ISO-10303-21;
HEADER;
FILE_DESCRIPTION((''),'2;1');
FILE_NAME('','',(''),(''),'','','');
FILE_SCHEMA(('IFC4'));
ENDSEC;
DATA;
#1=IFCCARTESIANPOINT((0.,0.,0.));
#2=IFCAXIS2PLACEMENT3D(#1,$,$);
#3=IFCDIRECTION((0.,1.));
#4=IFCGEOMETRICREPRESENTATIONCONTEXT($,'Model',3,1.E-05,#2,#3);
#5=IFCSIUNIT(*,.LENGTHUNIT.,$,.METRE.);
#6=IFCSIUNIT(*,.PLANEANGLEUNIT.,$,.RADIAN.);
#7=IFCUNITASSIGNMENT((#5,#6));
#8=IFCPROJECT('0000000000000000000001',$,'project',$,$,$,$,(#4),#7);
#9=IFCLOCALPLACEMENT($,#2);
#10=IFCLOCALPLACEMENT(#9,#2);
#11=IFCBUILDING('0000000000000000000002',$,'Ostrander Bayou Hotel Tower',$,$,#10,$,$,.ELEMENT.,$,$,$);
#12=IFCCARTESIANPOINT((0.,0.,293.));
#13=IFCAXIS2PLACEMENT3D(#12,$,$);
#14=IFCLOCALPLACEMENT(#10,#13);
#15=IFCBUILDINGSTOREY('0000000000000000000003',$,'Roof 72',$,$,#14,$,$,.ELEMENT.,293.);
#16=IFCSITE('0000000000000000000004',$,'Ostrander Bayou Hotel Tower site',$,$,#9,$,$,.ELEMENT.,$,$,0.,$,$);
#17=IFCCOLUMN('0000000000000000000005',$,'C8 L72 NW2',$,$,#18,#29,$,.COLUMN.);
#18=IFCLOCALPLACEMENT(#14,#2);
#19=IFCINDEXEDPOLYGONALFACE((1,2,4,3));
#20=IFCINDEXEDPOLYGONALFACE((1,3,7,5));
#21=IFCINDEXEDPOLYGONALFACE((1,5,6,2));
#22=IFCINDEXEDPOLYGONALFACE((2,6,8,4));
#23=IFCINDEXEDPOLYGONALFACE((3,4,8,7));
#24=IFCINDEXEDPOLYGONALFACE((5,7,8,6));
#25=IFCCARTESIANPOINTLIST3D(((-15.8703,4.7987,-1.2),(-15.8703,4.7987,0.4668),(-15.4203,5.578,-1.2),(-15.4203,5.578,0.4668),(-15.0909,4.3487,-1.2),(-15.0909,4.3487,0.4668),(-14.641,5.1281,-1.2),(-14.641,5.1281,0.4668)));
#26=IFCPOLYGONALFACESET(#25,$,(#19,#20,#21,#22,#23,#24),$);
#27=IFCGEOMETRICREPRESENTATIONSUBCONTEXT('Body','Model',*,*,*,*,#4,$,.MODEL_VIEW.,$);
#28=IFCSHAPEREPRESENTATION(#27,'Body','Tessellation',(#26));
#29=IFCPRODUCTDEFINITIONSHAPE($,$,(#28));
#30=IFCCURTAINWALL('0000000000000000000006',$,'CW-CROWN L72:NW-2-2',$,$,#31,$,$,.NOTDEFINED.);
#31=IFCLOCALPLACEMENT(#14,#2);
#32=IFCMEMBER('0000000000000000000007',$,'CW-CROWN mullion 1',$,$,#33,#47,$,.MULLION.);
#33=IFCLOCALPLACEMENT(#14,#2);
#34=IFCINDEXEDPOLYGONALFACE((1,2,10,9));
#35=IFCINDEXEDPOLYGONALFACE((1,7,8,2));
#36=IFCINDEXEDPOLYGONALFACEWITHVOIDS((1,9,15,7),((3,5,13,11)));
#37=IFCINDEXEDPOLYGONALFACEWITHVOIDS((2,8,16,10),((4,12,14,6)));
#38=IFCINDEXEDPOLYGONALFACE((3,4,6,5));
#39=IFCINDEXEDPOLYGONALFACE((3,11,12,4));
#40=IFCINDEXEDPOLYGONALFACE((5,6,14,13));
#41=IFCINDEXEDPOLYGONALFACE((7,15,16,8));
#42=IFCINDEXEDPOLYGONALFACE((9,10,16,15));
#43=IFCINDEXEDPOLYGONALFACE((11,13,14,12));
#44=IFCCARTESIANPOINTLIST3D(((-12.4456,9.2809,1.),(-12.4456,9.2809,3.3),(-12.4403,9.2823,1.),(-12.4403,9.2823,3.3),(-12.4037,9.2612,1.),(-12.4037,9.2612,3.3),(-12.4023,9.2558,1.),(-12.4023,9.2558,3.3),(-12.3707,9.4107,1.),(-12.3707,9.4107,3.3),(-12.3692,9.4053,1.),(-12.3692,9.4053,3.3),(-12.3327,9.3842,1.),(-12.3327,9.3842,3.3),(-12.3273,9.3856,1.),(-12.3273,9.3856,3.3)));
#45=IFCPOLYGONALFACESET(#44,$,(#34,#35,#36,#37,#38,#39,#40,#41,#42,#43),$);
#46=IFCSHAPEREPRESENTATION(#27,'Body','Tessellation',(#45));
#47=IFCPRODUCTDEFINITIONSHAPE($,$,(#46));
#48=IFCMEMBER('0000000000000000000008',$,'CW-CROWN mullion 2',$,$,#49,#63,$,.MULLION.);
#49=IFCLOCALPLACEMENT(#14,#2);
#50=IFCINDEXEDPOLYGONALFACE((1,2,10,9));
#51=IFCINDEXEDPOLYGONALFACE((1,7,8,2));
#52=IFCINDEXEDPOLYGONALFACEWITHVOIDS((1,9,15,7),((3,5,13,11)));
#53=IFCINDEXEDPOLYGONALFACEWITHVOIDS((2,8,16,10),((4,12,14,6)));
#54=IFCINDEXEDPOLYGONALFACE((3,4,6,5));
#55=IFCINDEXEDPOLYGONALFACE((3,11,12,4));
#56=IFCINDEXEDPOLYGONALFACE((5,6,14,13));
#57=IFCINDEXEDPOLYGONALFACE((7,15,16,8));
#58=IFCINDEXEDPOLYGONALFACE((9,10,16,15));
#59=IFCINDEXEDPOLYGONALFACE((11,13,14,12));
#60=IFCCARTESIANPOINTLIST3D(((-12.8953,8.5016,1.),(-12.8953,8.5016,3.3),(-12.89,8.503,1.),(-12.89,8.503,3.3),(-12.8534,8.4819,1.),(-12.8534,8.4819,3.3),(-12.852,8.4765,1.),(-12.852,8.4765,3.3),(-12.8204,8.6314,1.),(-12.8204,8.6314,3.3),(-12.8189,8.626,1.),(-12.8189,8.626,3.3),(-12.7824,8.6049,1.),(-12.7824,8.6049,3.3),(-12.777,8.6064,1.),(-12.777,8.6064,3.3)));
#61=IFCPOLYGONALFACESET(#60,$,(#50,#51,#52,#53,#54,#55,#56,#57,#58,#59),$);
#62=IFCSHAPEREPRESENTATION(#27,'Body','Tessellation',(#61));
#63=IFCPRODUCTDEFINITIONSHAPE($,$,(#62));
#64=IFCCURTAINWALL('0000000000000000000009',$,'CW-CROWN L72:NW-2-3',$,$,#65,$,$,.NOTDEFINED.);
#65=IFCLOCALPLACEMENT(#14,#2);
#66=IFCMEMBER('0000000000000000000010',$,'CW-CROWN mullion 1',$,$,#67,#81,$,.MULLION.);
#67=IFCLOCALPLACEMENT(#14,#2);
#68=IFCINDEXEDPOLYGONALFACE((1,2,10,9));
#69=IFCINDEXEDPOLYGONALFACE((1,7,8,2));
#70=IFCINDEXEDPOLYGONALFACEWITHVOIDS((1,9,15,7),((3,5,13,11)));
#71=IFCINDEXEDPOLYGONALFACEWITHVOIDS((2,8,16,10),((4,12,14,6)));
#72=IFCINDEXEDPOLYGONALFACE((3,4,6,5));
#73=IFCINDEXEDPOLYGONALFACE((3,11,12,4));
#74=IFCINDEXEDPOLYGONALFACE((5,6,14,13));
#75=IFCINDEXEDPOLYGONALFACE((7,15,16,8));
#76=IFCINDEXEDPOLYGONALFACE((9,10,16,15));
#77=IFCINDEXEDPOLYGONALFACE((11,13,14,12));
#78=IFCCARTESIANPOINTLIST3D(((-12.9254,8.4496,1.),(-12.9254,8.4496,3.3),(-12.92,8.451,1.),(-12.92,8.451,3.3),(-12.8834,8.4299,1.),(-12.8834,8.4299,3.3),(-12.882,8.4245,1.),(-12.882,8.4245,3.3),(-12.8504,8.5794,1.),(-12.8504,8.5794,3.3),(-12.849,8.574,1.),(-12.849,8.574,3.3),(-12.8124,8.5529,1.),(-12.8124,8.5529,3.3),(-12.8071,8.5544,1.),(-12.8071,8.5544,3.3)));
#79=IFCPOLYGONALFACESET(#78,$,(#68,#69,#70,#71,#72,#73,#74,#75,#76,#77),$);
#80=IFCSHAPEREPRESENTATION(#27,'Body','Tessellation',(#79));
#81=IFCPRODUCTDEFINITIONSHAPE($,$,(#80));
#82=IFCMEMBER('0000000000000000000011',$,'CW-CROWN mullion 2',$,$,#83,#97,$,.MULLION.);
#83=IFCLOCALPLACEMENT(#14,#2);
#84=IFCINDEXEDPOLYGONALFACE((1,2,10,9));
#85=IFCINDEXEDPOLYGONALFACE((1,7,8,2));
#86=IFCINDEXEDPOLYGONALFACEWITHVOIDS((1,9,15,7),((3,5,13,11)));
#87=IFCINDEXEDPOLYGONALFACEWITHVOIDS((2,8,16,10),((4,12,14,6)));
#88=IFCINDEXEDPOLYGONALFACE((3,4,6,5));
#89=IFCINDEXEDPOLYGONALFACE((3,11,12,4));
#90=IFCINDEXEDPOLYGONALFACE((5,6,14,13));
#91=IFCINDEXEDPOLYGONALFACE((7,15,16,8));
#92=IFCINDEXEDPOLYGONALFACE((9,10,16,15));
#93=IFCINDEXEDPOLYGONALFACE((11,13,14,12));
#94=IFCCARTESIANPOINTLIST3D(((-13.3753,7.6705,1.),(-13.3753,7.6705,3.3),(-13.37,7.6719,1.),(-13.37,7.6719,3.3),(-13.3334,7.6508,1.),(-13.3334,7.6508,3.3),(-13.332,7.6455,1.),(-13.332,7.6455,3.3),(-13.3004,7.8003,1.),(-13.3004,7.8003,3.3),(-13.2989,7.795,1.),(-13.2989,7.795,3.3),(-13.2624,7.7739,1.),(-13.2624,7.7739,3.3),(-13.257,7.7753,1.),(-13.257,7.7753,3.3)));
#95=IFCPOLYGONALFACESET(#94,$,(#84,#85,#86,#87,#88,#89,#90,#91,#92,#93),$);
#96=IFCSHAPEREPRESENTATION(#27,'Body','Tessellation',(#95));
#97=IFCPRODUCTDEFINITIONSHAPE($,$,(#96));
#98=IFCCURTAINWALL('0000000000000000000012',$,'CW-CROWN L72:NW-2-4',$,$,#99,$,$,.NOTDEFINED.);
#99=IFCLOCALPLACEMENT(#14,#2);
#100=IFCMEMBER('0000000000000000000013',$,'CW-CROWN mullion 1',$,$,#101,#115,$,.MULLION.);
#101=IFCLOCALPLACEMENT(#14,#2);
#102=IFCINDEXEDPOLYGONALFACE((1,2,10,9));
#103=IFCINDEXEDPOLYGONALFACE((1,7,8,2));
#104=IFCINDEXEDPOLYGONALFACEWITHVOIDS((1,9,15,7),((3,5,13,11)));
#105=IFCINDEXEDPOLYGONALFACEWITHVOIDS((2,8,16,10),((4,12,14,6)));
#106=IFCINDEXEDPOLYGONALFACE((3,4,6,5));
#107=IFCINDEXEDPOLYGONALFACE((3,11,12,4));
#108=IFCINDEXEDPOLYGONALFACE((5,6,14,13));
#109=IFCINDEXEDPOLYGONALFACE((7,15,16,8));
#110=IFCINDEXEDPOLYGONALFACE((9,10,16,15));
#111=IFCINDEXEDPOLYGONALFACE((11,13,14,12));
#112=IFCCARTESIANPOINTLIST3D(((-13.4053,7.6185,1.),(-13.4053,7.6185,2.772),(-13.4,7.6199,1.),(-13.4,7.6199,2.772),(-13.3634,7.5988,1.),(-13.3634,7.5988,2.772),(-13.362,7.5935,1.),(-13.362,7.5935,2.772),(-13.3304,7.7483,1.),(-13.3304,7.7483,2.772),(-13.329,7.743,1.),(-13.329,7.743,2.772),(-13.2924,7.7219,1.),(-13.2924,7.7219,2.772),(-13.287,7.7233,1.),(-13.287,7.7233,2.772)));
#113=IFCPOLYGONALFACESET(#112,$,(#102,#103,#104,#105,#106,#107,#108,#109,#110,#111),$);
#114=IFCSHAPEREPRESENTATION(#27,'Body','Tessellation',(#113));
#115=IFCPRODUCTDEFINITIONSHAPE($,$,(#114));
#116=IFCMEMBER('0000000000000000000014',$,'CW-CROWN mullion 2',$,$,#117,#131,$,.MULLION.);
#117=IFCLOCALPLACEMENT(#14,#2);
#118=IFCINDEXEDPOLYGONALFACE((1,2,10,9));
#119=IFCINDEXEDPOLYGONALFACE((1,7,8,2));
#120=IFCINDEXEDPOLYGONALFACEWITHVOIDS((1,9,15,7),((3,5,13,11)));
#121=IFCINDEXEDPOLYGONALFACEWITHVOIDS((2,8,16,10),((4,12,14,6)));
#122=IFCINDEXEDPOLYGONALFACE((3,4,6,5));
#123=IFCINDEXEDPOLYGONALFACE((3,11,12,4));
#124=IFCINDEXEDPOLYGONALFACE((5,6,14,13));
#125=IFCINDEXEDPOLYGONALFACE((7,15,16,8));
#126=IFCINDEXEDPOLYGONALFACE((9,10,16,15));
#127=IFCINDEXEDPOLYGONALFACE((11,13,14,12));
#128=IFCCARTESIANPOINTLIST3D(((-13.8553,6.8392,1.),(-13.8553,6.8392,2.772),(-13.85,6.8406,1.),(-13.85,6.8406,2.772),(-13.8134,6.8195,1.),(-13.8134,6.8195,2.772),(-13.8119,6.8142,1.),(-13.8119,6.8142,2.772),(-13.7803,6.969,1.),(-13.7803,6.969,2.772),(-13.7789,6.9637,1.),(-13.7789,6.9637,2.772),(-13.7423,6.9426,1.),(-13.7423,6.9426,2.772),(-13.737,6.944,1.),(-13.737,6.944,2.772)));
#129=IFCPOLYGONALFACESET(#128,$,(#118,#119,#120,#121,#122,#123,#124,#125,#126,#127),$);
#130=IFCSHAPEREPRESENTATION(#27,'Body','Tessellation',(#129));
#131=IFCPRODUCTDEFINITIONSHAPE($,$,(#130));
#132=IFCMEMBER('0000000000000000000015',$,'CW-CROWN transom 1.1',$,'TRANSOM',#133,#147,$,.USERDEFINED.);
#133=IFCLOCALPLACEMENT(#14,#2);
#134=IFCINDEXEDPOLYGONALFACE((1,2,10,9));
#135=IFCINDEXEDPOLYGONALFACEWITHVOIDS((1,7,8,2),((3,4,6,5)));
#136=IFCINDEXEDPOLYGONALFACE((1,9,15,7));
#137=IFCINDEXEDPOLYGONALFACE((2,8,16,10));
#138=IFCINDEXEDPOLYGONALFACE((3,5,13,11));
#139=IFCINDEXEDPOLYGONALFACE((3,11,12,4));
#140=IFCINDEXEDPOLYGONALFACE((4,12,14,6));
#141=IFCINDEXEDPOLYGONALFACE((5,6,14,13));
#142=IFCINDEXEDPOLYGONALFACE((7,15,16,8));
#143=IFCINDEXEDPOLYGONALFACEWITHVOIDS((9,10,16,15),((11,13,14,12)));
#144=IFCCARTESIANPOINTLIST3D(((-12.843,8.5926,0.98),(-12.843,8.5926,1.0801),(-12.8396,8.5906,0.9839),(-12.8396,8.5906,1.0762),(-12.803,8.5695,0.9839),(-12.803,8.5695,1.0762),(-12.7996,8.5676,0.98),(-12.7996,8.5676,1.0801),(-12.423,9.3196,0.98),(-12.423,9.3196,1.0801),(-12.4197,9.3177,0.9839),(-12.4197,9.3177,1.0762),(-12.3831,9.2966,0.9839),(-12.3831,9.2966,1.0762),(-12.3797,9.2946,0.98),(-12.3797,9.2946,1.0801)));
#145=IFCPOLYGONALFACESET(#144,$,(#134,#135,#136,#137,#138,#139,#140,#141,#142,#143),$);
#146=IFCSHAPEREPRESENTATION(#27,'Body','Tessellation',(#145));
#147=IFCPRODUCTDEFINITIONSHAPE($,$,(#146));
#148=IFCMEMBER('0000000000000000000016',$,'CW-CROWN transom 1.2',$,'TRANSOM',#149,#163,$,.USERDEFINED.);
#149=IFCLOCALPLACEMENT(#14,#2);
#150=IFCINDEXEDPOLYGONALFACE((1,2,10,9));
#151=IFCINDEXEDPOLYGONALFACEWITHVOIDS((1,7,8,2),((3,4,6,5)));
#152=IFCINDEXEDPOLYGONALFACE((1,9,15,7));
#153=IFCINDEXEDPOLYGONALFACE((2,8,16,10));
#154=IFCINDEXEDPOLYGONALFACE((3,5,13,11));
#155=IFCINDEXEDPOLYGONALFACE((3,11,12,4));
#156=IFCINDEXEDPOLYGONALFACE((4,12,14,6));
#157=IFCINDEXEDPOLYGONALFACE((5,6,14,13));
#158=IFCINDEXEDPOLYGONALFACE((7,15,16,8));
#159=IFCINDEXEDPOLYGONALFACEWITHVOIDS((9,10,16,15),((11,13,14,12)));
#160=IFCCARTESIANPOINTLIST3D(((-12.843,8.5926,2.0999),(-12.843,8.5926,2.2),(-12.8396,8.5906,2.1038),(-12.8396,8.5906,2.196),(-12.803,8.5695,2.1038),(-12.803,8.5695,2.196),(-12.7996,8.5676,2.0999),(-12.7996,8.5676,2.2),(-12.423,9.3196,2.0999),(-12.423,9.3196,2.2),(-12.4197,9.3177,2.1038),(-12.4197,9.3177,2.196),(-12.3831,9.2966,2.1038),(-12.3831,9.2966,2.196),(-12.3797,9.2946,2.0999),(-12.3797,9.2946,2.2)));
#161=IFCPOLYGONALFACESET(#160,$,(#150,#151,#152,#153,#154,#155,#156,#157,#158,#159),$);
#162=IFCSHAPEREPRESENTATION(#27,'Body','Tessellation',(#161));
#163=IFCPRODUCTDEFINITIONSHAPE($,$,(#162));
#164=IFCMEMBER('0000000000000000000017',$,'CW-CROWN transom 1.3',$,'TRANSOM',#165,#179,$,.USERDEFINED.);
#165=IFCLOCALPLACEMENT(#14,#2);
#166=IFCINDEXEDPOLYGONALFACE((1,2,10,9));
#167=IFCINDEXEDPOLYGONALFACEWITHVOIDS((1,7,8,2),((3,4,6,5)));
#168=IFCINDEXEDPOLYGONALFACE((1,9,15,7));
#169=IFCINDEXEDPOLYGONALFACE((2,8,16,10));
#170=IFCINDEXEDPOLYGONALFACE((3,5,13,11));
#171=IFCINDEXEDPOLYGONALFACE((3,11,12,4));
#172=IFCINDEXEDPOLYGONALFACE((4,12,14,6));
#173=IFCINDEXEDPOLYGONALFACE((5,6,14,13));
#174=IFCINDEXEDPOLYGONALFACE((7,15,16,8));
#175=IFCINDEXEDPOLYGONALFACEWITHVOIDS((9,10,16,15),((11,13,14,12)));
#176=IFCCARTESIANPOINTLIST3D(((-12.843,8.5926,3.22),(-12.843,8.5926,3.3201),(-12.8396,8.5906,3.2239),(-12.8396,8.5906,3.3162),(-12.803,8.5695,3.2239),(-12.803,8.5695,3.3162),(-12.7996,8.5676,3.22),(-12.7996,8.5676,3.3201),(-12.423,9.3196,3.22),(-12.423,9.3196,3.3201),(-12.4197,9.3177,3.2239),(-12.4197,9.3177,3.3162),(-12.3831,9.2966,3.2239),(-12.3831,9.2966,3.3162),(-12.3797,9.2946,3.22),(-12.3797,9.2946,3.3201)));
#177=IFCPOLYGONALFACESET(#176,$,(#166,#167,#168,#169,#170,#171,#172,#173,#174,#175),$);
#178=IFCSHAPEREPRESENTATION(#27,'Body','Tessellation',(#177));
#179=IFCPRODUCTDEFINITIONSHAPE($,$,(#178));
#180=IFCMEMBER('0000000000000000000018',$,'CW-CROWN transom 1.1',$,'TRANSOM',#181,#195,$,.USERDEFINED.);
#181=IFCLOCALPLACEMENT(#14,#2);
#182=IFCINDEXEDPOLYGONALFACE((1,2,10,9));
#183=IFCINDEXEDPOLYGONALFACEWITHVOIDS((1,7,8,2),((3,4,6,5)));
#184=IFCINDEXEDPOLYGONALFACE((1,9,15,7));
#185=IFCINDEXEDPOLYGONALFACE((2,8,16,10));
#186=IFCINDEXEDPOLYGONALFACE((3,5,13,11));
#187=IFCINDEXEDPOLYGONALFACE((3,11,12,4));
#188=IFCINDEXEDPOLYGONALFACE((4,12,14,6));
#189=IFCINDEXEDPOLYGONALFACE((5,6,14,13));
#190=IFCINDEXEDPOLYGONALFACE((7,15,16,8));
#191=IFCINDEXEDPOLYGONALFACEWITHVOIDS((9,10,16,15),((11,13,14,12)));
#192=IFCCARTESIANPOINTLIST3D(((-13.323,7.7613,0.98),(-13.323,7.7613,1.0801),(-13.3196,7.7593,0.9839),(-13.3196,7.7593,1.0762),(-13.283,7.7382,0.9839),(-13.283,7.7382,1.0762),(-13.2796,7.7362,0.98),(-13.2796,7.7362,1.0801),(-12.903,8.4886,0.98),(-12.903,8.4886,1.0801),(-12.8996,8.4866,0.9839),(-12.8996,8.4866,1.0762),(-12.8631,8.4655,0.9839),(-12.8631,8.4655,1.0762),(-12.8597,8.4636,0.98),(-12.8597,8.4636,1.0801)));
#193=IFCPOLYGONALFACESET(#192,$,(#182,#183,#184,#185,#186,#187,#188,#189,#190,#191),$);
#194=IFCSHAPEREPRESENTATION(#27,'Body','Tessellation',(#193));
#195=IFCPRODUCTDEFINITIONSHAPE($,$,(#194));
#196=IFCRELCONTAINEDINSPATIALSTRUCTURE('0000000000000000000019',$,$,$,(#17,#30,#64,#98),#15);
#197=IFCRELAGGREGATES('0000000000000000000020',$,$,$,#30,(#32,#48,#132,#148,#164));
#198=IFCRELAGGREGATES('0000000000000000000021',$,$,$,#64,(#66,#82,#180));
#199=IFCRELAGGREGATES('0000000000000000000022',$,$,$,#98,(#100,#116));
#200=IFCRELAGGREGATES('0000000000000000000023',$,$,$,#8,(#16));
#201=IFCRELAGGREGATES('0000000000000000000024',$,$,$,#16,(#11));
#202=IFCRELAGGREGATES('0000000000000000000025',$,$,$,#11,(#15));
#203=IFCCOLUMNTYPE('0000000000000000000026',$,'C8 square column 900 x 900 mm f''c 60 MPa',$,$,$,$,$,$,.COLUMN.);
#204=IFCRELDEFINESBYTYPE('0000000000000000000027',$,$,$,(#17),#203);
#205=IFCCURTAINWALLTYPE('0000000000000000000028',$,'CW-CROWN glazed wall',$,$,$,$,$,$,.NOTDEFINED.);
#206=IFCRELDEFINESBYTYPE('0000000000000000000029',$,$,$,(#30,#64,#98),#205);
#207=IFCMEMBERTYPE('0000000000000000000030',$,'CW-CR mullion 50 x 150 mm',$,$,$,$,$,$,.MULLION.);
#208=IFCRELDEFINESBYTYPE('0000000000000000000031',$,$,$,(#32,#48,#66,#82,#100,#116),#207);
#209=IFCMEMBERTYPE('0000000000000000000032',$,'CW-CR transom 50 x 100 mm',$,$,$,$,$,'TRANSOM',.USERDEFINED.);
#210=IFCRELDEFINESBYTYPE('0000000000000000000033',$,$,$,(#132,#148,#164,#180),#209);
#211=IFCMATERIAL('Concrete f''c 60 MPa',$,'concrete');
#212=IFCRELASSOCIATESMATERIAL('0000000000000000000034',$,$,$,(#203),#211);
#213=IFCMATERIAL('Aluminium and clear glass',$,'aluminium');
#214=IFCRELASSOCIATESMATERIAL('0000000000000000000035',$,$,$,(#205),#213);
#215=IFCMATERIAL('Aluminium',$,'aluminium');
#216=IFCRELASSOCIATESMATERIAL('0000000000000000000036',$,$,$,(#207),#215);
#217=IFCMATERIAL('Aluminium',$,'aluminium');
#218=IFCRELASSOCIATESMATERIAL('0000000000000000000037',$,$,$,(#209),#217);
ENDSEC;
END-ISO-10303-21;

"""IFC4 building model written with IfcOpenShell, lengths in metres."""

from ifc_helpers import new_model, si_unit, direction, frame, origin, origin_2d, place, context, subcontext, project, spatial, rectangle, hollow_rectangle, extrude, material, material_profile, profile_set, type_object, element, aggregate, save


model = new_model("IFC4")

# Units and contexts
model_context = context("Model", 3, precision=1e-05, world=origin(), true_north=direction((0.0, 1.0)))
body_context = subcontext(model_context, "Body", "Model", "MODEL_VIEW")
ifc_project = project(units=[si_unit("LENGTHUNIT", "METRE"), si_unit("PLANEANGLEUNIT", "RADIAN")], contexts=[model_context])

# Site, building, storey
site_placement = place(None, origin())
site = spatial("IfcSite", under=ifc_project, at=site_placement, Name="Ostrander Bayou Hotel Tower site", CompositionType="ELEMENT", RefElevation=0.0)
building_placement = place(site_placement, origin())
building = spatial("IfcBuilding", under=site, at=building_placement, Name="Ostrander Bayou Hotel Tower", CompositionType="ELEMENT")
storey_placement = place(building_placement, frame((0.0, 0.0, 293.0)))
storey = spatial("IfcBuildingStorey", under=building, at=storey_placement, Name="Roof 72", CompositionType="ELEMENT", Elevation=293.0)

# Column
ifc_material_1 = material(Name="Concrete f'c 60 MPa", Category="concrete")
ifc_material_profile_1 = material_profile(ifc_material_1, rectangle(XDim=0.8999, YDim=0.8999, at=origin_2d()))
ifc_profile_set_1 = profile_set([ifc_material_profile_1], Name="Concrete f'c 60 MPa")
column_type = type_object("IfcColumnType", Name="C8 square column 900 x 900 mm f'c 60 MPa", PredefinedType="COLUMN", material=ifc_profile_set_1)
column_placement = place(storey_placement, frame((-15.2556, 4.9634, -1.2), z_axis=(0.0, 0.0, 1.0), x_axis=(0.5, 0.866025, 0.0)))
element("IfcColumn", 1, at=column_placement, inside=storey, type_object=column_type, Name="C8 L72 NW2", PredefinedType="COLUMN", context=body_context, shape_type="SweptSolid", body=[
    extrude(rectangle(XDim=0.8999, YDim=0.8999, at=origin_2d()), origin(), (0.0, 0.0, 1.0), 1.6667),
])

# Curtain walls, members
ifc_material_2 = material(Name="Aluminium and clear glass", Category="aluminium")
curtain_wall_type = type_object("IfcCurtainWallType", Name="CW-CROWN glazed wall", PredefinedType="NOTDEFINED", material=ifc_material_2)
curtain_wall_1_placement = place(storey_placement, origin())
curtain_wall_1 = element("IfcCurtainWall", 2, at=curtain_wall_1_placement, inside=storey, type_object=curtain_wall_type, Name="CW-CROWN L72:NW-2-2", PredefinedType="NOTDEFINED")
ifc_material_3 = material(Name="Aluminium", Category="aluminium")
ifc_material_profile_2 = material_profile(ifc_material_3, hollow_rectangle(XDim=0.05, YDim=0.1499, WallThickness=0.0039, at=origin_2d()))
ifc_profile_set_2 = profile_set([ifc_material_profile_2], Name="Aluminium")
member_type_1 = type_object("IfcMemberType", Name="CW-CR mullion 50 x 150 mm", PredefinedType="MULLION", material=ifc_profile_set_2)
member_1_placement = place(storey_placement, frame((-12.3865, 9.3333, 1.0), z_axis=(0.0, 0.0, 1.0), x_axis=(0.866022, -0.500005, 0.0)))
member_1 = element("IfcMember", 3, at=member_1_placement, type_object=member_type_1, Name="CW-CROWN mullion 1", PredefinedType="MULLION", context=body_context, shape_type="SweptSolid", body=[
    extrude(hollow_rectangle(XDim=0.05, YDim=0.1499, WallThickness=0.0039, at=origin_2d()), origin(), (0.0, 0.0, 1.0), 2.3),
])
member_2_placement = place(storey_placement, frame((-12.8362, 8.554, 1.0), z_axis=(0.0, 0.0, 1.0), x_axis=(0.866022, -0.500005, 0.0)))
member_2 = element("IfcMember", 4, at=member_2_placement, type_object=member_type_1, Name="CW-CROWN mullion 2", PredefinedType="MULLION", context=body_context, shape_type="SweptSolid", body=[
    extrude(hollow_rectangle(XDim=0.05, YDim=0.1499, WallThickness=0.0039, at=origin_2d()), origin(), (0.0, 0.0, 1.0), 2.3),
])
curtain_wall_2_placement = place(storey_placement, origin())
curtain_wall_2 = element("IfcCurtainWall", 5, at=curtain_wall_2_placement, inside=storey, type_object=curtain_wall_type, Name="CW-CROWN L72:NW-2-3", PredefinedType="NOTDEFINED")
member_3_placement = place(storey_placement, frame((-12.8662, 8.502, 1.0), z_axis=(0.0, 0.0, 1.0), x_axis=(0.866022, -0.500005, 0.0)))
member_3 = element("IfcMember", 6, at=member_3_placement, type_object=member_type_1, Name="CW-CROWN mullion 1", PredefinedType="MULLION", context=body_context, shape_type="SweptSolid", body=[
    extrude(hollow_rectangle(XDim=0.05, YDim=0.1499, WallThickness=0.0039, at=origin_2d()), origin(), (0.0, 0.0, 1.0), 2.3),
])
member_4_placement = place(storey_placement, frame((-13.3162, 7.7229, 1.0), z_axis=(0.0, 0.0, 1.0), x_axis=(0.866022, -0.500005, 0.0)))
member_4 = element("IfcMember", 7, at=member_4_placement, type_object=member_type_1, Name="CW-CROWN mullion 2", PredefinedType="MULLION", context=body_context, shape_type="SweptSolid", body=[
    extrude(hollow_rectangle(XDim=0.05, YDim=0.1499, WallThickness=0.0039, at=origin_2d()), origin(), (0.0, 0.0, 1.0), 2.3),
])
curtain_wall_3_placement = place(storey_placement, origin())
curtain_wall_3 = element("IfcCurtainWall", 8, at=curtain_wall_3_placement, inside=storey, type_object=curtain_wall_type, Name="CW-CROWN L72:NW-2-4", PredefinedType="NOTDEFINED")
member_5_placement = place(storey_placement, frame((-13.3462, 7.6709, 1.0), z_axis=(0.0, 0.0, 1.0), x_axis=(0.866049, -0.49996, 0.0)))
member_5 = element("IfcMember", 9, at=member_5_placement, type_object=member_type_1, Name="CW-CROWN mullion 1", PredefinedType="MULLION", context=body_context, shape_type="SweptSolid", body=[
    extrude(hollow_rectangle(XDim=0.05, YDim=0.1499, WallThickness=0.0039, at=origin_2d()), origin(), (0.0, 0.0, 1.0), 1.772),
])
member_6_placement = place(storey_placement, frame((-13.7961, 6.8916, 1.0), z_axis=(0.0, 0.0, 1.0), x_axis=(0.866049, -0.49996, 0.0)))
member_6 = element("IfcMember", 10, at=member_6_placement, type_object=member_type_1, Name="CW-CROWN mullion 2", PredefinedType="MULLION", context=body_context, shape_type="SweptSolid", body=[
    extrude(hollow_rectangle(XDim=0.05, YDim=0.1499, WallThickness=0.0039, at=origin_2d()), origin(), (0.0, 0.0, 1.0), 1.772),
])

# Members
ifc_material_4 = material(Name="Aluminium", Category="aluminium")
ifc_material_profile_3 = material_profile(ifc_material_4, hollow_rectangle(XDim=0.05, YDim=0.1001, WallThickness=0.0039, at=origin_2d()))
ifc_profile_set_3 = profile_set([ifc_material_profile_3], Name="Aluminium")
member_type_2 = type_object("IfcMemberType", Name="CW-CR transom 50 x 100 mm", ElementType="TRANSOM", PredefinedType="USERDEFINED", material=ifc_profile_set_3)
member_7_placement = place(storey_placement, frame((-12.4014, 9.3071, 1.03), z_axis=(-0.500142, -0.865943, 0.0), x_axis=(0.865943, -0.500142, 0.0)))
member_7 = element("IfcMember", 11, at=member_7_placement, type_object=member_type_2, Name="CW-CROWN transom 1.1", ObjectType="TRANSOM", PredefinedType="USERDEFINED", context=body_context, shape_type="SweptSolid", body=[
    extrude(hollow_rectangle(XDim=0.05, YDim=0.1001, WallThickness=0.0039, at=origin_2d()), origin(), (0.0, 0.0, 1.0), 0.8396),
])
member_8_placement = place(storey_placement, frame((-12.4014, 9.3071, 2.1499), z_axis=(-0.500142, -0.865943, 0.0), x_axis=(0.865943, -0.500142, 0.0)))
member_8 = element("IfcMember", 12, at=member_8_placement, type_object=member_type_2, Name="CW-CROWN transom 1.2", ObjectType="TRANSOM", PredefinedType="USERDEFINED", context=body_context, shape_type="SweptSolid", body=[
    extrude(hollow_rectangle(XDim=0.05, YDim=0.1001, WallThickness=0.0039, at=origin_2d()), origin(), (0.0, 0.0, 1.0), 0.8396),
])
member_9_placement = place(storey_placement, frame((-12.4014, 9.3071, 3.27), z_axis=(-0.500142, -0.865943, 0.0), x_axis=(0.865943, -0.500142, 0.0)))
member_9 = element("IfcMember", 13, at=member_9_placement, type_object=member_type_2, Name="CW-CROWN transom 1.3", ObjectType="TRANSOM", PredefinedType="USERDEFINED", context=body_context, shape_type="SweptSolid", body=[
    extrude(hollow_rectangle(XDim=0.05, YDim=0.1001, WallThickness=0.0039, at=origin_2d()), origin(), (0.0, 0.0, 1.0), 0.8396),
])
member_10_placement = place(storey_placement, frame((-12.8813, 8.4761, 1.03), z_axis=(-0.500016, -0.866016, 0.0), x_axis=(0.866016, -0.500016, 0.0)))
member_10 = element("IfcMember", 14, at=member_10_placement, type_object=member_type_2, Name="CW-CROWN transom 1.1", ObjectType="TRANSOM", PredefinedType="USERDEFINED", context=body_context, shape_type="SweptSolid", body=[
    extrude(hollow_rectangle(XDim=0.05, YDim=0.1001, WallThickness=0.0039, at=origin_2d()), origin(), (0.0, 0.0, 1.0), 0.8398),
])

aggregate(curtain_wall_1, [member_1, member_2, member_7, member_8, member_9])
aggregate(curtain_wall_2, [member_3, member_4, member_10])
aggregate(curtain_wall_3, [member_5, member_6])

save(model, "model.ifc")
